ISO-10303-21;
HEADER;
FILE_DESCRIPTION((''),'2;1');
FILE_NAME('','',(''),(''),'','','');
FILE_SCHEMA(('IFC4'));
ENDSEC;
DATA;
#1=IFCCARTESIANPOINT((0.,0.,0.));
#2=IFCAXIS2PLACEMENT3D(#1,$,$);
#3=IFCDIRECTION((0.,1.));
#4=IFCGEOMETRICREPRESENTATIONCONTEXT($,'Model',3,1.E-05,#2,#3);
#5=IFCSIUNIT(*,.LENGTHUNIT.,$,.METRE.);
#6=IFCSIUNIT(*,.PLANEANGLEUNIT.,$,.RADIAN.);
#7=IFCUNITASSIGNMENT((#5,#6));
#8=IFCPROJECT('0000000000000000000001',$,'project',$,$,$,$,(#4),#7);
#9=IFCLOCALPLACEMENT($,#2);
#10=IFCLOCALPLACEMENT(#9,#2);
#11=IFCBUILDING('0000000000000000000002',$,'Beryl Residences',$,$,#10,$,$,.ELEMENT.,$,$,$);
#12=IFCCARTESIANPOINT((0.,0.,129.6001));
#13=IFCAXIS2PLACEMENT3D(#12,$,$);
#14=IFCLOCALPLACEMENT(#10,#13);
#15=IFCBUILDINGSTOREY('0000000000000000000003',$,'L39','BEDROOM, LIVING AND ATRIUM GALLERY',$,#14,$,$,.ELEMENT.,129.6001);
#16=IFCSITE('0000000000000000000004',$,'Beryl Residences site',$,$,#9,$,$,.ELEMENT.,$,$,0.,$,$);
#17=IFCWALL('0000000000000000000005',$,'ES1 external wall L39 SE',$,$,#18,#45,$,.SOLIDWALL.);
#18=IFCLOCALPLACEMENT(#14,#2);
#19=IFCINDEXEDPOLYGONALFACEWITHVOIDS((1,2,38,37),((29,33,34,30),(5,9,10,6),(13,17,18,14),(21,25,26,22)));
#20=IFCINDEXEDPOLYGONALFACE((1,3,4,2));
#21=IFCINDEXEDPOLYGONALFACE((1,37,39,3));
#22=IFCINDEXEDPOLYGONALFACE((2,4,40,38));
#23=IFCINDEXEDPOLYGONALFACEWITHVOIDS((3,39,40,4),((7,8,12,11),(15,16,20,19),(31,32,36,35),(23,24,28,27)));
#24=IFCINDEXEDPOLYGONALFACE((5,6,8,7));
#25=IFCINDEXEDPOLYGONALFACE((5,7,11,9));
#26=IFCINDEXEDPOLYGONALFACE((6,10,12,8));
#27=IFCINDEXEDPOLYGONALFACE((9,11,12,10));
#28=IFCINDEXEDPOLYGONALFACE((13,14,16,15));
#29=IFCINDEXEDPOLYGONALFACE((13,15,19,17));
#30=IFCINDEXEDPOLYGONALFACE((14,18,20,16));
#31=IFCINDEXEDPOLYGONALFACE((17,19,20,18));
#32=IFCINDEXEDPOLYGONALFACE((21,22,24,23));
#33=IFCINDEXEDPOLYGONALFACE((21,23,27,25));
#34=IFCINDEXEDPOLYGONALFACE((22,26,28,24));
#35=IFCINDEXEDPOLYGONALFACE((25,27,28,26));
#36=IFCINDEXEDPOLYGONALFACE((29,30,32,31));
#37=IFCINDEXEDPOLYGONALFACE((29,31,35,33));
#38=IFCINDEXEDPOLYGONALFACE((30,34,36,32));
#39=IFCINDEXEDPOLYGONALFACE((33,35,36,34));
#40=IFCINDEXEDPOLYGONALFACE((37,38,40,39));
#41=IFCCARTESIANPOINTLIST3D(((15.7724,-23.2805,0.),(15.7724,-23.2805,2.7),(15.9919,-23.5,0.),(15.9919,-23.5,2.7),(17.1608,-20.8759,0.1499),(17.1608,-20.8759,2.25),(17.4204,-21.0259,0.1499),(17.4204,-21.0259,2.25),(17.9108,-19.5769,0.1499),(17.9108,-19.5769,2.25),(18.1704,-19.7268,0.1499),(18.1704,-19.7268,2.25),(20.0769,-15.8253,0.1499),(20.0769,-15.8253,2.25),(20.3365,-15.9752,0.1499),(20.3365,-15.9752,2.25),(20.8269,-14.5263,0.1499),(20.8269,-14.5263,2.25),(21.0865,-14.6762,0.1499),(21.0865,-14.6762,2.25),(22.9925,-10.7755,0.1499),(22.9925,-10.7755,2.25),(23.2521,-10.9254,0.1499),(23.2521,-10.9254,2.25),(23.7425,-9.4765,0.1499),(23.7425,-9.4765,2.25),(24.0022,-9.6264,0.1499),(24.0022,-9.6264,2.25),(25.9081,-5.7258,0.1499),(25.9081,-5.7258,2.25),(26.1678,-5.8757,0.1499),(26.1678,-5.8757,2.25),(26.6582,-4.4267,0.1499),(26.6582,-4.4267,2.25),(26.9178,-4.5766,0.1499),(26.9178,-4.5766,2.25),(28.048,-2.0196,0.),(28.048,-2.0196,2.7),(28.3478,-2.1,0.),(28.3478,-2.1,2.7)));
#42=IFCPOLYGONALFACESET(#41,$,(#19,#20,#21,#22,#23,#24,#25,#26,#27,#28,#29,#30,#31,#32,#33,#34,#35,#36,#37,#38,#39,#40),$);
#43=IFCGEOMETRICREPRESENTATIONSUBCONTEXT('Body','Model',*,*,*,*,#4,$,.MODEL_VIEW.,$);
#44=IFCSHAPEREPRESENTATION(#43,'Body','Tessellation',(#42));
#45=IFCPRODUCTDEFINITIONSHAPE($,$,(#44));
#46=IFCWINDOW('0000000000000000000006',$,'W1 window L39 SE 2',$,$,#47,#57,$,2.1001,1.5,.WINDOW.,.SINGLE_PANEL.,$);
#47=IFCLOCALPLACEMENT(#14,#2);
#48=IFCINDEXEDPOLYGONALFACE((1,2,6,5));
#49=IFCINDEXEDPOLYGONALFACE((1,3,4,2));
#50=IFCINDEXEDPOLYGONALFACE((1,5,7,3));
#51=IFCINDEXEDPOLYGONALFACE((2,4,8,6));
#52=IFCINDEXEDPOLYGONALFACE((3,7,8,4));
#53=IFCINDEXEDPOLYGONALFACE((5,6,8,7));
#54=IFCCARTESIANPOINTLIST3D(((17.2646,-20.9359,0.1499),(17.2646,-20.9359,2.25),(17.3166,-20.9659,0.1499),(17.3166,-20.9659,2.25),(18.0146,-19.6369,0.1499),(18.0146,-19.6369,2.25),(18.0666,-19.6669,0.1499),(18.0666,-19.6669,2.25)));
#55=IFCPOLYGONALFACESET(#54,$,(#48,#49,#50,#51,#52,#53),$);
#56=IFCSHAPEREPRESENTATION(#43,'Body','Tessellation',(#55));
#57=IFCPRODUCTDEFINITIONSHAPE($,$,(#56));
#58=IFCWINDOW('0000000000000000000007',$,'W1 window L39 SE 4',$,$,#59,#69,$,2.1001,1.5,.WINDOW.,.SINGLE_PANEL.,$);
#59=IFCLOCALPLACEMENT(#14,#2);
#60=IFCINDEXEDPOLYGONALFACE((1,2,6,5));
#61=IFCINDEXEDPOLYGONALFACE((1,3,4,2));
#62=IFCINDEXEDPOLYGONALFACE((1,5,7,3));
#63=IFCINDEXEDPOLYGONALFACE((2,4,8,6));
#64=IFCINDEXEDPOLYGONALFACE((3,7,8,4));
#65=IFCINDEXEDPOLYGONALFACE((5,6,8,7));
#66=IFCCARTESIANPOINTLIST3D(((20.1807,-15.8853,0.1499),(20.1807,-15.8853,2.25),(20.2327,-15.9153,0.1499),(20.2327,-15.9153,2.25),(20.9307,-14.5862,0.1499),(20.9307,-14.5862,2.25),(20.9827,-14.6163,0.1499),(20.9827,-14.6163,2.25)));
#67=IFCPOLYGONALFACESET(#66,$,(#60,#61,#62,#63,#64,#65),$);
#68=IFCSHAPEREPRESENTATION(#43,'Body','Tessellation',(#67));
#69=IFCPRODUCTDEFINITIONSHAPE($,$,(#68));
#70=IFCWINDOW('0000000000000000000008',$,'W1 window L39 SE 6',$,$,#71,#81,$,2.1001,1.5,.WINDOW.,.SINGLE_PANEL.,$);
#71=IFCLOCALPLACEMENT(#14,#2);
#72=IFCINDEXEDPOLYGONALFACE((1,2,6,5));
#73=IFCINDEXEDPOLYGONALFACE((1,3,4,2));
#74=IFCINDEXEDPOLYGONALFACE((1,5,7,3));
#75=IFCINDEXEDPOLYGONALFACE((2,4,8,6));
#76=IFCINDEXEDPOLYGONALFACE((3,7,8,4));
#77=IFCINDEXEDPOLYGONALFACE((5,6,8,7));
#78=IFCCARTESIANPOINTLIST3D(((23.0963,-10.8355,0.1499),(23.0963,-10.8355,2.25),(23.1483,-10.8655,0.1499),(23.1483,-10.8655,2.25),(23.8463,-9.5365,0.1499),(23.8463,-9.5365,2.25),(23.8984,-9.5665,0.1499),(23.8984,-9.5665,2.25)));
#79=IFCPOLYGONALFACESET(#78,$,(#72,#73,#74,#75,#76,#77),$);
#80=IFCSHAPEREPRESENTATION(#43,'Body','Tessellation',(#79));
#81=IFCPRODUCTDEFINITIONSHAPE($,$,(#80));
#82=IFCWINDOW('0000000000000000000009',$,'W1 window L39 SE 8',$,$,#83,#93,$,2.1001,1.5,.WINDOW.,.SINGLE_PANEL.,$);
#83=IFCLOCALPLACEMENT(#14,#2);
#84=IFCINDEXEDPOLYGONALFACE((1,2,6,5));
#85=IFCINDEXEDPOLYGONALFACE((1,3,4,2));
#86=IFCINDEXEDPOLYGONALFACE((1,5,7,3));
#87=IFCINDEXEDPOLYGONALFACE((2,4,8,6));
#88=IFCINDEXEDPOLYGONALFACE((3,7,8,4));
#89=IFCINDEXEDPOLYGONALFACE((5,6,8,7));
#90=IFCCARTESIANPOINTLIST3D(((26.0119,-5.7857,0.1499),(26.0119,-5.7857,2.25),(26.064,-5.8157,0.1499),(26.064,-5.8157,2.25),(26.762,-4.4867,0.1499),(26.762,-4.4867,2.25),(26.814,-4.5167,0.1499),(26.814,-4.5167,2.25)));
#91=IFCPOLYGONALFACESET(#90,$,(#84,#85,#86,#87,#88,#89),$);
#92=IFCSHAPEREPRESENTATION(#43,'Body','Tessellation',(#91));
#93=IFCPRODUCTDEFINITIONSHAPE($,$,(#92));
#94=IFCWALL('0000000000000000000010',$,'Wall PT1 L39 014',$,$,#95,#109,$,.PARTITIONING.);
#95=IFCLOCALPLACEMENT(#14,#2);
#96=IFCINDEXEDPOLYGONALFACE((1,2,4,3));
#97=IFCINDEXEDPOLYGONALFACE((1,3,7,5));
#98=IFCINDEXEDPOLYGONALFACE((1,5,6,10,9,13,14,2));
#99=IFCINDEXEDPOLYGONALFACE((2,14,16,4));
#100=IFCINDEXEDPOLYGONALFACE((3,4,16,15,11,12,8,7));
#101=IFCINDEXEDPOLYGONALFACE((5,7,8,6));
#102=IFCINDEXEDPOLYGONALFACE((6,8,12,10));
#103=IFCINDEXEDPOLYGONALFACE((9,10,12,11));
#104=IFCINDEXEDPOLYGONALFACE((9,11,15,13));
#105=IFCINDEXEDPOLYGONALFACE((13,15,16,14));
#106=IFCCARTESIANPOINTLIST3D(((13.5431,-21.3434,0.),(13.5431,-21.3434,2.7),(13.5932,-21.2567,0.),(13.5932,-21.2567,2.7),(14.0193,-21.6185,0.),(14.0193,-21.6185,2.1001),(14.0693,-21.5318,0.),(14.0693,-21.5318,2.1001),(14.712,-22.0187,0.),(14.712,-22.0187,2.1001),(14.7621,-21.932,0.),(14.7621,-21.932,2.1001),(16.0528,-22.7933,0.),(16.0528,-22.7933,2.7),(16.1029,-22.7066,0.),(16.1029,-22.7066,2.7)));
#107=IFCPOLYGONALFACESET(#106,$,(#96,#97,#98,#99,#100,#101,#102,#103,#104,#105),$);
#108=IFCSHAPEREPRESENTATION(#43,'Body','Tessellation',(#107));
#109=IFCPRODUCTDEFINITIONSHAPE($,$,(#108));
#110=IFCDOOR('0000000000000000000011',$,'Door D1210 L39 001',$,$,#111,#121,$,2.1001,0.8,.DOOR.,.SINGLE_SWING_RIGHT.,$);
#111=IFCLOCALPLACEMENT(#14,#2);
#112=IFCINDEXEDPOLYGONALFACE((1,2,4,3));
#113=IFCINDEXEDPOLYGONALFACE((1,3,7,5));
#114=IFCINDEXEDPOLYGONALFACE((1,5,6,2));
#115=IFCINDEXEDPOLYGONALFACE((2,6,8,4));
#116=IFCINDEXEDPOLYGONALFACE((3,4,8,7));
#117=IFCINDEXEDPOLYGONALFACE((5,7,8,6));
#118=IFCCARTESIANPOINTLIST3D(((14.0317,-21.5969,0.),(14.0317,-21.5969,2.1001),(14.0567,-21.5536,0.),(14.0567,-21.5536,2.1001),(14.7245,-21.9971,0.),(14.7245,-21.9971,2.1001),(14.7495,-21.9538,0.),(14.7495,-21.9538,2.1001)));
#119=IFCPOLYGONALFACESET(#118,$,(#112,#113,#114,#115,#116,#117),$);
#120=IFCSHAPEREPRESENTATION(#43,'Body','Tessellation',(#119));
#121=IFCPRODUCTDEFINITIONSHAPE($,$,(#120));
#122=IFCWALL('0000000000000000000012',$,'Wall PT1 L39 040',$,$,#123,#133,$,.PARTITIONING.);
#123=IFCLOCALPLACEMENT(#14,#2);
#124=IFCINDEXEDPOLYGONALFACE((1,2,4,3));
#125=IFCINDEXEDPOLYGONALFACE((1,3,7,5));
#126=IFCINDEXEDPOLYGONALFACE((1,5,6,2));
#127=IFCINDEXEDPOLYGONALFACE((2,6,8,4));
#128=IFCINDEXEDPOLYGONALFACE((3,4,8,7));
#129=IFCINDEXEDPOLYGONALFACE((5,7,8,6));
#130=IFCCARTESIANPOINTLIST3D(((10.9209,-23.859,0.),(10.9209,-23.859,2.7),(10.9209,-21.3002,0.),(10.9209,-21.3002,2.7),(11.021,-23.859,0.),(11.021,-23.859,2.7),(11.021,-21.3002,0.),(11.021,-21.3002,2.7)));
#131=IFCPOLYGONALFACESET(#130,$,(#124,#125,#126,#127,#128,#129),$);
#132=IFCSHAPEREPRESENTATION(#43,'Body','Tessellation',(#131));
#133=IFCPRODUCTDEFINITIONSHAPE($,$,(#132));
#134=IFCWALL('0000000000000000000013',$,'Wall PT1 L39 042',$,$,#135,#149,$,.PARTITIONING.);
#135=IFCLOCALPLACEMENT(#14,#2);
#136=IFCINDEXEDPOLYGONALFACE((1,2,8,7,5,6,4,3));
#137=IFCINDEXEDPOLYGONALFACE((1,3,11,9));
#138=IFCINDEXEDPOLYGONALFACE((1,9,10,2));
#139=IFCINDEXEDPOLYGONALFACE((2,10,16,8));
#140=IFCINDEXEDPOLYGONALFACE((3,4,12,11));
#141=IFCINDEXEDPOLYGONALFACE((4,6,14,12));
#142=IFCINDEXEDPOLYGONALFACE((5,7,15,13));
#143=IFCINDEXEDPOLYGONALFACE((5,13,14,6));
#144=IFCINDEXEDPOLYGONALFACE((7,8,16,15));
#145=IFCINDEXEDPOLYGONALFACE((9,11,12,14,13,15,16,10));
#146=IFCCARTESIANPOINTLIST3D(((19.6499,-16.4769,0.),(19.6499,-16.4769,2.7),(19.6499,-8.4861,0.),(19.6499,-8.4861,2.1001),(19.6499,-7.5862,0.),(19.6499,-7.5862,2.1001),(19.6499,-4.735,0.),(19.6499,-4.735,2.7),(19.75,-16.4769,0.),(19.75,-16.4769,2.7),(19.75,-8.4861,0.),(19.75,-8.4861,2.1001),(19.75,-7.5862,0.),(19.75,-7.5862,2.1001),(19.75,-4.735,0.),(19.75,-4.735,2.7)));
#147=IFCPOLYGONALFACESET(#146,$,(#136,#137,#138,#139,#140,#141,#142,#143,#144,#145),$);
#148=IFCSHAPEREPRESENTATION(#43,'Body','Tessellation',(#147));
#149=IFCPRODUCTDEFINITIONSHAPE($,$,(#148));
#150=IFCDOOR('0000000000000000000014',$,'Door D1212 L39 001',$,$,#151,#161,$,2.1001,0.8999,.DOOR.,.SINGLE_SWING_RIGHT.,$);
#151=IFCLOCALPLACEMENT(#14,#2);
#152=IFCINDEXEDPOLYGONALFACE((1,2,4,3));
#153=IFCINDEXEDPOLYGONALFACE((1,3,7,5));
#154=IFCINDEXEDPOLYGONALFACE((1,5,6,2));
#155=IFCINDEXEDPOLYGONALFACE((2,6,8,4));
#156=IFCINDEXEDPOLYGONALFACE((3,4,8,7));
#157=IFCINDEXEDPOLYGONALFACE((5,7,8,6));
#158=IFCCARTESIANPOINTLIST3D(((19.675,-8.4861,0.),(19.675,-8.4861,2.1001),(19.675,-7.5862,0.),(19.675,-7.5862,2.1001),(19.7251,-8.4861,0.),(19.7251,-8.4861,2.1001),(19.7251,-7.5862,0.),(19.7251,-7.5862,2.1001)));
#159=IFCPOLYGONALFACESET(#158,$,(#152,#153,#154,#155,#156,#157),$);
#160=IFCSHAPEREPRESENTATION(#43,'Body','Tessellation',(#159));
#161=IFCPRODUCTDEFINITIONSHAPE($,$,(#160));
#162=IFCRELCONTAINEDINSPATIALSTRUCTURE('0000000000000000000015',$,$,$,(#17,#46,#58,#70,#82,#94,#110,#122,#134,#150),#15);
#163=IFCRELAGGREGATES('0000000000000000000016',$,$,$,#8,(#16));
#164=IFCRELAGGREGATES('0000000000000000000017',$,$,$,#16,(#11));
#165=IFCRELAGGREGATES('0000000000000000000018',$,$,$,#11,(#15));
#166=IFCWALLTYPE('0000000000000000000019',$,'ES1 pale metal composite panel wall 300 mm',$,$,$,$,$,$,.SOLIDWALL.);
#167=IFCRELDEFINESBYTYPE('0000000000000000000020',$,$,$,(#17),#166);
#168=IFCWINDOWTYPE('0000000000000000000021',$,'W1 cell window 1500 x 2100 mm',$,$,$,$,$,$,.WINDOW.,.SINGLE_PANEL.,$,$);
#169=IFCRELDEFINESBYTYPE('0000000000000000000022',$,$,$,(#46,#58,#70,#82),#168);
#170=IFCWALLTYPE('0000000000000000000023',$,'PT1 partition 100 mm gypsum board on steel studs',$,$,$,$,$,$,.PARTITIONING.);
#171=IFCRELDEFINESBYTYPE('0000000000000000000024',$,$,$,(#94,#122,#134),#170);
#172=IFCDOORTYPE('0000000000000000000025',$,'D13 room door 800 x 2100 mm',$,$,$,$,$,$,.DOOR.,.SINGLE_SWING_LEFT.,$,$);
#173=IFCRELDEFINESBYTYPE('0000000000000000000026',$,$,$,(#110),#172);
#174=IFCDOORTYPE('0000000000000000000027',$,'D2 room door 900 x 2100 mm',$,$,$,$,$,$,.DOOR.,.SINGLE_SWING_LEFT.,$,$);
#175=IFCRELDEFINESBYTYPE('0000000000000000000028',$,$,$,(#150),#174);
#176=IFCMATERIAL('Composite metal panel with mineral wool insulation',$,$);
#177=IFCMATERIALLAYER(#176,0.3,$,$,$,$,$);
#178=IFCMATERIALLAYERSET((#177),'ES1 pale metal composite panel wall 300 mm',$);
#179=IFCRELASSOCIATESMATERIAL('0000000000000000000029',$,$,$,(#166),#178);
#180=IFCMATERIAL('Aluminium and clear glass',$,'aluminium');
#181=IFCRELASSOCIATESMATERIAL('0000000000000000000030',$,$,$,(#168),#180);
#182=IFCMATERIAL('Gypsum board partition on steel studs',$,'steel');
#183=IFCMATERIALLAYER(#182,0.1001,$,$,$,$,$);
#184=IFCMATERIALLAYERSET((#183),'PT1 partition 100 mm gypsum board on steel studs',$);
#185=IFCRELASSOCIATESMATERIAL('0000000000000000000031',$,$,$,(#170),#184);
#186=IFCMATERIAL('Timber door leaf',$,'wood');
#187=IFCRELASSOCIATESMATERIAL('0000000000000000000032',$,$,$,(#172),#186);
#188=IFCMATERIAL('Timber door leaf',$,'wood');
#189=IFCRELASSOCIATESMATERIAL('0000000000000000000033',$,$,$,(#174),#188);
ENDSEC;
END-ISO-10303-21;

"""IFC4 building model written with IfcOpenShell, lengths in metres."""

from ifc_helpers import new_model, si_unit, direction, frame, frame_2d, origin, place, context, subcontext, project, spatial, polyline, rectangle, outline, extrude, material, layer, layer_set, type_object, element, fill, save


model = new_model("IFC4")

# Units and contexts
model_context = context("Model", 3, precision=1e-05, world=origin(), true_north=direction((0.0, 1.0)))
body_context = subcontext(model_context, "Body", "Model", "MODEL_VIEW")
ifc_project = project(units=[si_unit("LENGTHUNIT", "METRE"), si_unit("PLANEANGLEUNIT", "RADIAN")], contexts=[model_context])

# Site, building, storey
site_placement = place(None, origin())
site = spatial("IfcSite", under=ifc_project, at=site_placement, Name="Beryl Residences site", CompositionType="ELEMENT", RefElevation=0.0)
building_placement = place(site_placement, origin())
building = spatial("IfcBuilding", under=site, at=building_placement, Name="Beryl Residences", CompositionType="ELEMENT")
storey_placement = place(building_placement, frame((0.0, 0.0, 129.6001)))
storey = spatial("IfcBuildingStorey", under=building, at=storey_placement, Name="L39", Description="BEDROOM, LIVING AND ATRIUM GALLERY", CompositionType="ELEMENT", Elevation=129.6001)

# Shared definitions
ifc_material_1 = material(Name="Composite metal panel with mineral wool insulation")
ifc_layer_1 = layer(ifc_material_1, 0.3)
ifc_layer_set_1 = layer_set([ifc_layer_1], Name="ES1 pale metal composite panel wall 300 mm")
wall_type_1 = type_object("IfcWallType", Name="ES1 pale metal composite panel wall 300 mm", PredefinedType="SOLIDWALL", material=ifc_layer_set_1)

# Wall, openings, windows
wall_1_placement = place(storey_placement, frame((15.8621, -23.425, 0.0), z_axis=(0.0, 0.0, 1.0), x_axis=(0.500018, 0.866015, 0.0)))
wall_1 = element("IfcWall", 1, at=wall_1_placement, inside=storey, type_object=wall_type_1, Name="ES1 external wall L39 SE", PredefinedType="SOLIDWALL", context=body_context, shape_type="SweptSolid", body=[
    extrude(outline(polyline([(0.0, -0.1499), (24.7109, -0.1499), (24.6306, 0.1499), (0.0803, 0.1499), (0.0, -0.1499)])), origin(), (0.0, 0.0, 1.0), 2.7),
])
opening_1_placement = place(wall_1_placement, frame((2.8569, 0.0, 0.1499)))
opening_1 = element("IfcOpeningElement", 2, at=opening_1_placement, cuts=wall_1, PredefinedType="OPENING", context=body_context, shape_type="SweptSolid", body=[
    extrude(rectangle(XDim=1.5, YDim=2.1001, at=frame_2d((0.75, 1.05))), frame((0.0, 0.1599, 0.0), z_axis=(0.0, -1.0, 0.0), x_axis=(1.0, 0.0, 0.0)), (0.0, 0.0, 1.0), 0.3201),
])
opening_2_placement = place(wall_1_placement, frame((8.689, 0.0, 0.1499)))
opening_2 = element("IfcOpeningElement", 3, at=opening_2_placement, cuts=wall_1, PredefinedType="OPENING", context=body_context, shape_type="SweptSolid", body=[
    extrude(rectangle(XDim=1.5, YDim=2.1001, at=frame_2d((0.75, 1.05))), frame((0.0, 0.1599, 0.0), z_axis=(0.0, -1.0, 0.0), x_axis=(1.0, 0.0, 0.0)), (0.0, 0.0, 1.0), 0.3201),
])
opening_3_placement = place(wall_1_placement, frame((14.52, 0.0, 0.1499)))
opening_3 = element("IfcOpeningElement", 4, at=opening_3_placement, cuts=wall_1, PredefinedType="OPENING", context=body_context, shape_type="SweptSolid", body=[
    extrude(rectangle(XDim=1.5, YDim=2.1001, at=frame_2d((0.75, 1.05))), frame((0.0, 0.1599, 0.0), z_axis=(0.0, -1.0, 0.0), x_axis=(1.0, 0.0, 0.0)), (0.0, 0.0, 1.0), 0.3201),
])
opening_4_placement = place(wall_1_placement, frame((20.3511, 0.0, 0.1499)))
opening_4 = element("IfcOpeningElement", 5, at=opening_4_placement, cuts=wall_1, PredefinedType="OPENING", context=body_context, shape_type="SweptSolid", body=[
    extrude(rectangle(XDim=1.5, YDim=2.1001, at=frame_2d((0.75, 1.05))), frame((0.0, 0.1599, 0.0), z_axis=(0.0, -1.0, 0.0), x_axis=(1.0, 0.0, 0.0)), (0.0, 0.0, 1.0), 0.3201),
])
ifc_material_2 = material(Name="Aluminium and clear glass", Category="aluminium")
window_type_1 = type_object("IfcWindowType", Name="W1 cell window 1500 x 2100 mm", PartitioningType="SINGLE_PANEL", PredefinedType="WINDOW", material=ifc_material_2)
window_1_placement = place(opening_1_placement, origin())
window_1 = element("IfcWindow", 6, at=window_1_placement, inside=storey, type_object=window_type_1, Name="W1 window L39 SE 2", OverallHeight=2.1001, OverallWidth=1.5, PartitioningType="SINGLE_PANEL", PredefinedType="WINDOW", context=body_context, shape_type="SweptSolid", body=[
    extrude(rectangle(XDim=1.5, YDim=2.1001, at=frame_2d((0.75, 1.05))), frame((0.0, 0.03, 0.0), z_axis=(0.0, -1.0, 0.0), x_axis=(1.0, 0.0, 0.0)), (0.0, 0.0, 1.0), 0.0601),
])
fill(opening_1, window_1)
window_2_placement = place(opening_2_placement, origin())
window_2 = element("IfcWindow", 7, at=window_2_placement, inside=storey, type_object=window_type_1, Name="W1 window L39 SE 4", OverallHeight=2.1001, OverallWidth=1.5, PartitioningType="SINGLE_PANEL", PredefinedType="WINDOW", context=body_context, shape_type="SweptSolid", body=[
    extrude(rectangle(XDim=1.5, YDim=2.1001, at=frame_2d((0.75, 1.05))), frame((0.0, 0.03, 0.0), z_axis=(0.0, -1.0, 0.0), x_axis=(1.0, 0.0, 0.0)), (0.0, 0.0, 1.0), 0.0601),
])
fill(opening_2, window_2)
window_3_placement = place(opening_3_placement, origin())
window_3 = element("IfcWindow", 8, at=window_3_placement, inside=storey, type_object=window_type_1, Name="W1 window L39 SE 6", OverallHeight=2.1001, OverallWidth=1.5, PartitioningType="SINGLE_PANEL", PredefinedType="WINDOW", context=body_context, shape_type="SweptSolid", body=[
    extrude(rectangle(XDim=1.5, YDim=2.1001, at=frame_2d((0.75, 1.05))), frame((0.0, 0.03, 0.0), z_axis=(0.0, -1.0, 0.0), x_axis=(1.0, 0.0, 0.0)), (0.0, 0.0, 1.0), 0.0601),
])
fill(opening_3, window_3)
window_4_placement = place(opening_4_placement, origin())
window_4 = element("IfcWindow", 9, at=window_4_placement, inside=storey, type_object=window_type_1, Name="W1 window L39 SE 8", OverallHeight=2.1001, OverallWidth=1.5, PartitioningType="SINGLE_PANEL", PredefinedType="WINDOW", context=body_context, shape_type="SweptSolid", body=[
    extrude(rectangle(XDim=1.5, YDim=2.1001, at=frame_2d((0.75, 1.05))), frame((0.0, 0.03, 0.0), z_axis=(0.0, -1.0, 0.0), x_axis=(1.0, 0.0, 0.0)), (0.0, 0.0, 1.0), 0.0601),
])
fill(opening_4, window_4)

# Wall, opening, door
ifc_material_3 = material(Name="Gypsum board partition on steel studs", Category="steel")
ifc_layer_2 = layer(ifc_material_3, 0.1001)
ifc_layer_set_2 = layer_set([ifc_layer_2], Name="PT1 partition 100 mm gypsum board on steel studs")
wall_type_2 = type_object("IfcWallType", Name="PT1 partition 100 mm gypsum board on steel studs", PredefinedType="PARTITIONING", material=ifc_layer_set_2)
wall_2_placement = place(storey_placement, frame((13.5681, -21.3, 0.0), z_axis=(0.0, 0.0, 1.0), x_axis=(0.865885, -0.500243, 0.0)))
wall_2 = element("IfcWall", 10, at=wall_2_placement, inside=storey, type_object=wall_type_2, Name="Wall PT1 L39 014", PredefinedType="PARTITIONING", context=body_context, shape_type="SweptSolid", body=[
    extrude(rectangle(XDim=2.8984, YDim=0.1001, at=frame_2d((1.4492, 0.0))), origin(), (0.0, 0.0, 1.0), 2.7),
])
opening_5_placement = place(wall_2_placement, frame((0.55, 0.0, 0.0)))
opening_5 = element("IfcOpeningElement", 11, at=opening_5_placement, cuts=wall_2, PredefinedType="OPENING", context=body_context, shape_type="SweptSolid", body=[
    extrude(rectangle(XDim=0.8, YDim=2.1001, at=frame_2d((0.3999, 1.05))), frame((0.0, 0.0601, 0.0), z_axis=(0.0, -1.0, 0.0), x_axis=(1.0, 0.0, 0.0)), (0.0, 0.0, 1.0), 0.1201),
])
ifc_material_4 = material(Name="Timber door leaf", Category="wood")
door_type_1 = type_object("IfcDoorType", Name="D13 room door 800 x 2100 mm", OperationType="SINGLE_SWING_LEFT", PredefinedType="DOOR", material=ifc_material_4)
door_1_placement = place(opening_5_placement, origin())
door_1 = element("IfcDoor", 12, at=door_1_placement, inside=storey, type_object=door_type_1, Name="Door D1210 L39 001", OperationType="SINGLE_SWING_RIGHT", OverallHeight=2.1001, OverallWidth=0.8, PredefinedType="DOOR", context=body_context, shape_type="SweptSolid", body=[
    extrude(rectangle(XDim=0.8, YDim=2.1001, at=frame_2d((0.3999, 1.05))), frame((0.0, 0.0249, 0.0), z_axis=(0.0, -1.0, 0.0), x_axis=(1.0, 0.0, 0.0)), (0.0, 0.0, 1.0), 0.05),
])
fill(opening_5, door_1)

# Wall
wall_3_placement = place(storey_placement, frame((10.9709, -23.8589, 0.0), z_axis=(0.0, 0.0, 1.0), x_axis=(0.0, 1.0, 0.0)))
element("IfcWall", 13, at=wall_3_placement, inside=storey, type_object=wall_type_2, Name="Wall PT1 L39 040", PredefinedType="PARTITIONING", context=body_context, shape_type="SweptSolid", body=[
    extrude(rectangle(XDim=2.5588, YDim=0.1001, at=frame_2d((1.2793, 0.0))), origin(), (0.0, 0.0, 1.0), 2.7),
])

# Wall, opening, door
wall_4_placement = place(storey_placement, frame((19.7, -16.4771, 0.0), z_axis=(0.0, 0.0, 1.0), x_axis=(0.0, 1.0, 0.0)))
wall_4 = element("IfcWall", 14, at=wall_4_placement, inside=storey, type_object=wall_type_2, Name="Wall PT1 L39 042", PredefinedType="PARTITIONING", context=body_context, shape_type="SweptSolid", body=[
    extrude(rectangle(XDim=11.7419, YDim=0.1001, at=frame_2d((5.8711, 0.0))), origin(), (0.0, 0.0, 1.0), 2.7),
])
opening_6_placement = place(wall_4_placement, frame((7.991, 0.0, 0.0)))
opening_6 = element("IfcOpeningElement", 15, at=opening_6_placement, cuts=wall_4, PredefinedType="OPENING", context=body_context, shape_type="SweptSolid", body=[
    extrude(rectangle(XDim=0.8999, YDim=2.1001, at=frame_2d((0.45, 1.05))), frame((0.0, 0.0601, 0.0), z_axis=(0.0, -1.0, 0.0), x_axis=(1.0, 0.0, 0.0)), (0.0, 0.0, 1.0), 0.1201),
])
ifc_material_5 = material(Name="Timber door leaf", Category="wood")
door_type_2 = type_object("IfcDoorType", Name="D2 room door 900 x 2100 mm", OperationType="SINGLE_SWING_LEFT", PredefinedType="DOOR", material=ifc_material_5)
door_2_placement = place(opening_6_placement, origin())
door_2 = element("IfcDoor", 16, at=door_2_placement, inside=storey, type_object=door_type_2, Name="Door D1212 L39 001", OperationType="SINGLE_SWING_RIGHT", OverallHeight=2.1001, OverallWidth=0.8999, PredefinedType="DOOR", context=body_context, shape_type="SweptSolid", body=[
    extrude(rectangle(XDim=0.8999, YDim=2.1001, at=frame_2d((0.45, 1.05))), frame((0.0, 0.0249, 0.0), z_axis=(0.0, -1.0, 0.0), x_axis=(1.0, 0.0, 0.0)), (0.0, 0.0, 1.0), 0.05),
])
fill(opening_6, door_2)

save(model, "model.ifc")
